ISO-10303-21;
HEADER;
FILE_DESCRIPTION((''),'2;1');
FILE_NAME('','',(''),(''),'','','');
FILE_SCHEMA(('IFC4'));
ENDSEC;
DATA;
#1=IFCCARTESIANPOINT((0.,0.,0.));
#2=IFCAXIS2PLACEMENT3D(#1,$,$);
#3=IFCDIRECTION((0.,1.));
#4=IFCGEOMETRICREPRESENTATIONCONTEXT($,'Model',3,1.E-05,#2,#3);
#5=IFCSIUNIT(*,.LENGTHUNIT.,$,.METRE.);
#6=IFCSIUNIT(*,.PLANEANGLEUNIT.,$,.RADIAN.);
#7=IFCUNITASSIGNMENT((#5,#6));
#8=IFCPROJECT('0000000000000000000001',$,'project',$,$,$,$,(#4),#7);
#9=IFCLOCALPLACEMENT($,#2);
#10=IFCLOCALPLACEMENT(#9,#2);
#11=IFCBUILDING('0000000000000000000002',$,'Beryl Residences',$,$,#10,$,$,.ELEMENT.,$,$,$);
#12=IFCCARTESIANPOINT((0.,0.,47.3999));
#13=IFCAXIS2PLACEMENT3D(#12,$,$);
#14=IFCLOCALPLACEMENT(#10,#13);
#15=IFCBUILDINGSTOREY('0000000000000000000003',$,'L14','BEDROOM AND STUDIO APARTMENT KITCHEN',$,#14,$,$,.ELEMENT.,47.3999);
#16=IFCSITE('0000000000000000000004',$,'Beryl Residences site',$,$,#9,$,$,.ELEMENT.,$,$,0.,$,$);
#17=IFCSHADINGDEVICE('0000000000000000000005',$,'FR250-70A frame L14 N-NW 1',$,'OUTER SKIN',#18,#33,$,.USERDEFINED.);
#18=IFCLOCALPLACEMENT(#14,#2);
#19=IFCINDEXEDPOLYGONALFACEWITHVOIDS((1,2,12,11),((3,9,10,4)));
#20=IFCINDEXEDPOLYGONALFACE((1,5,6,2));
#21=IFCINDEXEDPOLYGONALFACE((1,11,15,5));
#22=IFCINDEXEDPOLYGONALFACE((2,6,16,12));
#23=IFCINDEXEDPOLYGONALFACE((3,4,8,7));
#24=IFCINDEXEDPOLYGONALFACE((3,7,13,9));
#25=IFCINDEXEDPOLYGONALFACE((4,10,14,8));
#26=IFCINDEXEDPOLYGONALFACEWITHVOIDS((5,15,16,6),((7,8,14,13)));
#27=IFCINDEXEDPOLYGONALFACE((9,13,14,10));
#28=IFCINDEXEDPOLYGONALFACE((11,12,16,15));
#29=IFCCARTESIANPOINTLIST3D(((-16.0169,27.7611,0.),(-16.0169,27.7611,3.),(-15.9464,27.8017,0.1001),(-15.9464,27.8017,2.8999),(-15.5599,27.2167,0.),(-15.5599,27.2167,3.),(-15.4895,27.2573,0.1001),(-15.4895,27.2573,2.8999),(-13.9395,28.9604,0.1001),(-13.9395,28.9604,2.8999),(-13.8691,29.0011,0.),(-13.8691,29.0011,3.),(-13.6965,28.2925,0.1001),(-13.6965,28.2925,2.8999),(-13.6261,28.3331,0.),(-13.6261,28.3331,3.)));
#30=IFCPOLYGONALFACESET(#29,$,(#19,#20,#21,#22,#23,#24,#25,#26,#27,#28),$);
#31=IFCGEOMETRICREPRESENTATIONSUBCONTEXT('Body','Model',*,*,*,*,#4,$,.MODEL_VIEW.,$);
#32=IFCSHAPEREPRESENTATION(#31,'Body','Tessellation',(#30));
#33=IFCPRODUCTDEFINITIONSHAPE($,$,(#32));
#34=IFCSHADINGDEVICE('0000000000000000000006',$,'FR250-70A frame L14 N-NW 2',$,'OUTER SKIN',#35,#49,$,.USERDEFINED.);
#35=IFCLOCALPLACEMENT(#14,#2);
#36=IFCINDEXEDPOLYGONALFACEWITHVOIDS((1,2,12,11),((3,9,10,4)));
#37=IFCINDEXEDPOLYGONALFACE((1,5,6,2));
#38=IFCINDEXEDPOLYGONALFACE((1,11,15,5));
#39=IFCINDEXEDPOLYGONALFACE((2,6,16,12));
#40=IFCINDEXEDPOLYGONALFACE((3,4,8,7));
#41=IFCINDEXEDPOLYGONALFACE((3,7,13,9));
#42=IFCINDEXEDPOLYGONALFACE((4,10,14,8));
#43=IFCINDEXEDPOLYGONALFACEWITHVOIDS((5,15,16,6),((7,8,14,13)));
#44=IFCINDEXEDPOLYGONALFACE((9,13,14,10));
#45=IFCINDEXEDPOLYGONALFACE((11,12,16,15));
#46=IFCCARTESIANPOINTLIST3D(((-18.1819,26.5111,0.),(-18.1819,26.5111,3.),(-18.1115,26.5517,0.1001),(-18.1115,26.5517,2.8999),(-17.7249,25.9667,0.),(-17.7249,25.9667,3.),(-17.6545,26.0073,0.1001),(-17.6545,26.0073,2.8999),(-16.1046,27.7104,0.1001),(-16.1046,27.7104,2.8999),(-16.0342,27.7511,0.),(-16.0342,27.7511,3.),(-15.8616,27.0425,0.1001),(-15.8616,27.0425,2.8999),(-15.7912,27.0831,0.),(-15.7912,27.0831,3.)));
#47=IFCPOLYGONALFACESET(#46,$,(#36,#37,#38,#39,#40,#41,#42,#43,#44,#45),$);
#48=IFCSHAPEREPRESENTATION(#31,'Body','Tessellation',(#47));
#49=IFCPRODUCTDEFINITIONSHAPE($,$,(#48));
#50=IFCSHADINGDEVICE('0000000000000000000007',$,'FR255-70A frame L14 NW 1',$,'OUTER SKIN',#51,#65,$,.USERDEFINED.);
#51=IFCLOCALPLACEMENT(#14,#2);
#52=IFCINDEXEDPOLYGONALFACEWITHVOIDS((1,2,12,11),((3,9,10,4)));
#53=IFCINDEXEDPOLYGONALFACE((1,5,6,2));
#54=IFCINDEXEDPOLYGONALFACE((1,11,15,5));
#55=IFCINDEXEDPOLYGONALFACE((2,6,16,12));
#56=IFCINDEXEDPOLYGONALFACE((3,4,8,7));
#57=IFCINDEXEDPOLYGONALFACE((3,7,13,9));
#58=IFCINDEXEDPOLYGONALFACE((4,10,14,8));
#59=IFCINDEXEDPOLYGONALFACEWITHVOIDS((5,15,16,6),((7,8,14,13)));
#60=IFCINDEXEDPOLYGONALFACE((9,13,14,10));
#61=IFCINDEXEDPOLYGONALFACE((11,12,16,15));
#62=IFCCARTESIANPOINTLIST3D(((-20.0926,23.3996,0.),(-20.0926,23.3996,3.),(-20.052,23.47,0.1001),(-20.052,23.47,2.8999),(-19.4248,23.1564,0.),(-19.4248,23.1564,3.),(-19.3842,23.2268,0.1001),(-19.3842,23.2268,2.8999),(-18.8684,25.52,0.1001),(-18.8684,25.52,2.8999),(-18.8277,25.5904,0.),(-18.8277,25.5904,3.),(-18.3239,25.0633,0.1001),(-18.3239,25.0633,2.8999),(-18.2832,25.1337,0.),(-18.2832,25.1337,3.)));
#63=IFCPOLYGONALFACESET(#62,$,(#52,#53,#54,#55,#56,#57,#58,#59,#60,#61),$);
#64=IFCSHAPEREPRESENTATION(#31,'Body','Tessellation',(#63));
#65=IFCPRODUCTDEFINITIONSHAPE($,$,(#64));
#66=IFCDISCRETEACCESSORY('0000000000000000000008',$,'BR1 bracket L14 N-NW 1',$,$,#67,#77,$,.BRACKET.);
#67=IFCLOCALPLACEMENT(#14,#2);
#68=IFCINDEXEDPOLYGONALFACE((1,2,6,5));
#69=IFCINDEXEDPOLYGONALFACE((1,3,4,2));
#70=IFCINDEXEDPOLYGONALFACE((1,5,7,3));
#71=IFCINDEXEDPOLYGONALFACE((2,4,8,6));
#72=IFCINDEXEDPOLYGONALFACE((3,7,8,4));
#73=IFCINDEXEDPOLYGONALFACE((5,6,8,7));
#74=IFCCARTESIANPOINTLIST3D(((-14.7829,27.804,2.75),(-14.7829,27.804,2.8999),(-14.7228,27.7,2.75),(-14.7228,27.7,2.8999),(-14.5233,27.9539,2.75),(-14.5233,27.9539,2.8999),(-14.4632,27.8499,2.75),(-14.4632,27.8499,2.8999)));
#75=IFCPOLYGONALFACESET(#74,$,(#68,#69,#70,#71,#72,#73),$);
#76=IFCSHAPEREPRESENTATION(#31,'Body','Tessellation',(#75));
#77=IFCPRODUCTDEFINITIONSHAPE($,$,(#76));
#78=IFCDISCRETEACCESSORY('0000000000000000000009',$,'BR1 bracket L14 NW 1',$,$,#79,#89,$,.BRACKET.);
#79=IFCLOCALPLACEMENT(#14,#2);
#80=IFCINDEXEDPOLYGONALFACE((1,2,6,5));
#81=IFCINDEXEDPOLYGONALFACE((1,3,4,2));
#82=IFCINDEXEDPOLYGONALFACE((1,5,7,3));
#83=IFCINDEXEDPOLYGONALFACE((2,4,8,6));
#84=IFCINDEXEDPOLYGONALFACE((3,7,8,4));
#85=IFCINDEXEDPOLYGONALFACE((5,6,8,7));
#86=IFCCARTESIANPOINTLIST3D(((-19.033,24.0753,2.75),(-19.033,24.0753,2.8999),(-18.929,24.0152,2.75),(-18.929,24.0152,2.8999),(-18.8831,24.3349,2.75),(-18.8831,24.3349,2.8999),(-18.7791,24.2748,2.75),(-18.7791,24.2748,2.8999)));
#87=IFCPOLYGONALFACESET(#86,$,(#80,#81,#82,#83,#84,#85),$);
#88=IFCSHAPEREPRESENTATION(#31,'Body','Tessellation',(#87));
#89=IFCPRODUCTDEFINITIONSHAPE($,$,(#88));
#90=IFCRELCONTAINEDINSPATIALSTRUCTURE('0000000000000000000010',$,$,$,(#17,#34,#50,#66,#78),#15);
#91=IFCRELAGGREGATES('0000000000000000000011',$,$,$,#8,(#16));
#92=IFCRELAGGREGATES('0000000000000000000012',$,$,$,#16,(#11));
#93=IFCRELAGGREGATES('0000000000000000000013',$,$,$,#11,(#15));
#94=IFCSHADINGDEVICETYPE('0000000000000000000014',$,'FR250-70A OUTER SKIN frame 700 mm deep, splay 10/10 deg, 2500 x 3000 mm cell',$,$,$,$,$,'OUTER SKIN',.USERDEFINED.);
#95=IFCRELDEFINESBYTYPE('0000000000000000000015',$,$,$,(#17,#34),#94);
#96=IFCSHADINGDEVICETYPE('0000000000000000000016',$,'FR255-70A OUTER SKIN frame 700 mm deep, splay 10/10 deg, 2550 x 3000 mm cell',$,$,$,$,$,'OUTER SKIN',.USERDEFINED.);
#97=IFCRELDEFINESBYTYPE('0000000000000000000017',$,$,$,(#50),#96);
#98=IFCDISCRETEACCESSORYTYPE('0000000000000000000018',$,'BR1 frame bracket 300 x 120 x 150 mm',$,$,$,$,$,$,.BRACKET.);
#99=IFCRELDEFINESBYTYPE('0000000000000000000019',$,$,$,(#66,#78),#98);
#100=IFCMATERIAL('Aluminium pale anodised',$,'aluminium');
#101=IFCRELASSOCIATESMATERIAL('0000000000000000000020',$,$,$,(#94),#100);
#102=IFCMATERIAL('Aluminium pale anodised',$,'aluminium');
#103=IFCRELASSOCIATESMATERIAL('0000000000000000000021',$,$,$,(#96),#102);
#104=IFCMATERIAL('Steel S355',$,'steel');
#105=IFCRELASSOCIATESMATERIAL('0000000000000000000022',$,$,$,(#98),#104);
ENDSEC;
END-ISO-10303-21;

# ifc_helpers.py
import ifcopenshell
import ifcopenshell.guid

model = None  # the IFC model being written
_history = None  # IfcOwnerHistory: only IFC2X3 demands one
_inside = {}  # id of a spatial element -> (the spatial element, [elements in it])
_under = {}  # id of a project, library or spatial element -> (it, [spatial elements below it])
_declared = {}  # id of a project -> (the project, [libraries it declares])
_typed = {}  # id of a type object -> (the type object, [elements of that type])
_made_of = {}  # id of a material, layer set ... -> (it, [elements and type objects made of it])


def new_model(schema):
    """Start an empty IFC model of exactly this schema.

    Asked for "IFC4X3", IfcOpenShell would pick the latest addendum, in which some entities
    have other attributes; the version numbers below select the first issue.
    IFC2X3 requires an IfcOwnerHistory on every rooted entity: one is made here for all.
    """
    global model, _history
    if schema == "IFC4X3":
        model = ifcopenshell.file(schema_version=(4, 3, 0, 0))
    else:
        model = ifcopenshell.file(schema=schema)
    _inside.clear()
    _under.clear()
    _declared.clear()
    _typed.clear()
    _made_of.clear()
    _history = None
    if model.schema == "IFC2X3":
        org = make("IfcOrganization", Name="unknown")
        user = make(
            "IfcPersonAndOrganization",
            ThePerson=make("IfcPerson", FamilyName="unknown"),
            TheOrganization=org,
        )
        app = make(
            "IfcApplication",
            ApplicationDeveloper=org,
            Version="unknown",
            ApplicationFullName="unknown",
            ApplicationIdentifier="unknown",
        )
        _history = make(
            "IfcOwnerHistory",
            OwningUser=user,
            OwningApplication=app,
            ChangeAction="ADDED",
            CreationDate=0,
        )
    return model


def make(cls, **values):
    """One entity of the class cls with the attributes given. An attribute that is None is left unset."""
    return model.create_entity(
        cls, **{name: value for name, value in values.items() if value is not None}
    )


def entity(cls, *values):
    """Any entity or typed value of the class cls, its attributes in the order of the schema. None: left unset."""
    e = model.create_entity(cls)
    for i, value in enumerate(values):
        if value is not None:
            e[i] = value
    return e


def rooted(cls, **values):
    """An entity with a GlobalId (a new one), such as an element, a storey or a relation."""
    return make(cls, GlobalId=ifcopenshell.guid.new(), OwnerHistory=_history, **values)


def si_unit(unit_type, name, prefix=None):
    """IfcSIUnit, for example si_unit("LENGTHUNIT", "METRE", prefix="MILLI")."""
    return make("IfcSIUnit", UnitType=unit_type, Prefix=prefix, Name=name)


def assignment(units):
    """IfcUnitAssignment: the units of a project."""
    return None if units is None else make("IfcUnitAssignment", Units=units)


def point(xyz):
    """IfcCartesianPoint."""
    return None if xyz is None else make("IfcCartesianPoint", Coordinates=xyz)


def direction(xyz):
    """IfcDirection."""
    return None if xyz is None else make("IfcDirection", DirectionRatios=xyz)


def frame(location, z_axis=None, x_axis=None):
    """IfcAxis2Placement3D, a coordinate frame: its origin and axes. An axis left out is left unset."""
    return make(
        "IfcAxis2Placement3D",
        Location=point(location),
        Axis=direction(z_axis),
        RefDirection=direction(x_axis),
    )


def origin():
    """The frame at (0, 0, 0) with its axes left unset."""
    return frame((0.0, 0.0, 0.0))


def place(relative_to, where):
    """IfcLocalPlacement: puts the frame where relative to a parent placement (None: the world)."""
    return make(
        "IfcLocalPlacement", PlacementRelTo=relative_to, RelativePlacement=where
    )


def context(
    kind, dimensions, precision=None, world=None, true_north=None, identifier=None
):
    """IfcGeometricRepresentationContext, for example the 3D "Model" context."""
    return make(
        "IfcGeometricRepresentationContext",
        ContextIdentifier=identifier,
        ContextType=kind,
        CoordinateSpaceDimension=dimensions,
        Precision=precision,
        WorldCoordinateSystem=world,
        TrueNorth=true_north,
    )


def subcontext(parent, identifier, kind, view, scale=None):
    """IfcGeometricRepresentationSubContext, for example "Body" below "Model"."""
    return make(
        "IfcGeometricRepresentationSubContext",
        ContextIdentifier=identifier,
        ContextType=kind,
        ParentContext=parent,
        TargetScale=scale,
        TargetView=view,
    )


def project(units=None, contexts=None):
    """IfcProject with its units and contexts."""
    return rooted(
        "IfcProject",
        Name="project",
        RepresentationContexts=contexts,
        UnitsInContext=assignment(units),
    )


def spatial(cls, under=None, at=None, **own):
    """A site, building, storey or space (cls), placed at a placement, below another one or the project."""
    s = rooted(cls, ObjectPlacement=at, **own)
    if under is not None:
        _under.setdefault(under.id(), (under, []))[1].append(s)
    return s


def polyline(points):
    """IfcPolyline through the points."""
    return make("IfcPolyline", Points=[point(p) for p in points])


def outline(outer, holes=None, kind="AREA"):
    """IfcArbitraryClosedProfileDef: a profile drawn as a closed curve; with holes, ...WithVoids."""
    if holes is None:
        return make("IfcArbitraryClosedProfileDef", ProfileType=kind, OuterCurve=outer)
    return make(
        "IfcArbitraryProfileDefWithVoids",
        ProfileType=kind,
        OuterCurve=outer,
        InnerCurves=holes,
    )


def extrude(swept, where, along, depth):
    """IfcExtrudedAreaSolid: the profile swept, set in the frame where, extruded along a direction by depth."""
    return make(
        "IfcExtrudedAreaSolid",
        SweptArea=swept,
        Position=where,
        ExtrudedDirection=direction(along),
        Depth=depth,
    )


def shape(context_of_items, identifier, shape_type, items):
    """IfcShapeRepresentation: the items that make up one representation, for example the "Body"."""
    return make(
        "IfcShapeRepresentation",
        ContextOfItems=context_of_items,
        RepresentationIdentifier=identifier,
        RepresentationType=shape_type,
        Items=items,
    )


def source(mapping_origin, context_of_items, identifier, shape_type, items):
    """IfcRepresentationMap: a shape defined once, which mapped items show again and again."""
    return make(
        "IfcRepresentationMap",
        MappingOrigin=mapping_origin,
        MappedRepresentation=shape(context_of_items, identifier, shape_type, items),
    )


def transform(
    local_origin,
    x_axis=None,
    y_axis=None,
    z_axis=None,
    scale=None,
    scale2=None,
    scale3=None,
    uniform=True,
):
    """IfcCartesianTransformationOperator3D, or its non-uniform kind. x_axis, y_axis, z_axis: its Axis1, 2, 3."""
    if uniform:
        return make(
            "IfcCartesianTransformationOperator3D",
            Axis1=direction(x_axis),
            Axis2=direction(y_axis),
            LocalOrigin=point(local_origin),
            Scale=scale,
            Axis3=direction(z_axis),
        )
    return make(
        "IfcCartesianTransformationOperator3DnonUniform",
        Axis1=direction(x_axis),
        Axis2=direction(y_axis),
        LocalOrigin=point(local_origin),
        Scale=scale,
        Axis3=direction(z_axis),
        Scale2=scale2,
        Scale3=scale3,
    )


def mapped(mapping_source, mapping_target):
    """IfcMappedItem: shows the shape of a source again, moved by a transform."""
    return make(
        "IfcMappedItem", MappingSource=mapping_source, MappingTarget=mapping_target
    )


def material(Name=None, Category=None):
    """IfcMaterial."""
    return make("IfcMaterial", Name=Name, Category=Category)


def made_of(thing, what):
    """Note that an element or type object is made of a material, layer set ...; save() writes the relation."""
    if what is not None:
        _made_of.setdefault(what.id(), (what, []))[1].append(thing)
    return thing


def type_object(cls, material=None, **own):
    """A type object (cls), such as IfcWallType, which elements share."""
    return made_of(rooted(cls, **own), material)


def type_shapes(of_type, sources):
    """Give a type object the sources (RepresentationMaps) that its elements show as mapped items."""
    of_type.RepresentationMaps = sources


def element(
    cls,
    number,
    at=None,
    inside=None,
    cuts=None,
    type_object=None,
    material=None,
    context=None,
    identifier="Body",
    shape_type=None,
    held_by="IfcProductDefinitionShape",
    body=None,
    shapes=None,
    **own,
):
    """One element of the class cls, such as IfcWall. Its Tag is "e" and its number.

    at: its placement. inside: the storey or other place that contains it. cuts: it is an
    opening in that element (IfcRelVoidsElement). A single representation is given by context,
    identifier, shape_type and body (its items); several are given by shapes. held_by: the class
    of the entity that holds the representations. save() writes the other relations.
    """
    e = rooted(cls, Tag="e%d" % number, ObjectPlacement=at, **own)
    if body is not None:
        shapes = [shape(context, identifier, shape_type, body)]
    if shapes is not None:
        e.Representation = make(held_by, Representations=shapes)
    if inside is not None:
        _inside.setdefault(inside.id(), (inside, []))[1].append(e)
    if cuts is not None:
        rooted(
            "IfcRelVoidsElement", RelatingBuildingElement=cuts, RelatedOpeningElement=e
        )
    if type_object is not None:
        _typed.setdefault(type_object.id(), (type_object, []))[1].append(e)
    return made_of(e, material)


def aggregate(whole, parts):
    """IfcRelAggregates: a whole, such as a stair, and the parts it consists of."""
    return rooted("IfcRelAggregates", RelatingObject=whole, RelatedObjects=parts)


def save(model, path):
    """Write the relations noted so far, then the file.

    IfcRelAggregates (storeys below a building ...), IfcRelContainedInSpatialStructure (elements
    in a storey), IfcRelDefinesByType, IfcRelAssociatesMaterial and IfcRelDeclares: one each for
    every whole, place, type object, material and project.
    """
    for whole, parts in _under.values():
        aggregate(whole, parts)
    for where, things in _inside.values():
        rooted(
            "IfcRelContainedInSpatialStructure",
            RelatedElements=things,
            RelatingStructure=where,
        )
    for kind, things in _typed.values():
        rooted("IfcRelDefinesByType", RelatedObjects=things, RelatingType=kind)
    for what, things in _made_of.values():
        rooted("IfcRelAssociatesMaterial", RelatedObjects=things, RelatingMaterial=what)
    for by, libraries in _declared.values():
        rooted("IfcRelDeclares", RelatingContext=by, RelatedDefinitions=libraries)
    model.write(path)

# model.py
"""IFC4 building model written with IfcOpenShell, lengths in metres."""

from ifc_helpers import new_model, entity, si_unit, direction, frame, origin, place, context, subcontext, project, spatial, polyline, outline, extrude, source, transform, mapped, material, type_object, type_shapes, element, save


model = new_model("IFC4")

# Units and contexts
model_context = context("Model", 3, precision=1e-05, world=origin(), true_north=direction((0.0, 1.0)))
body_context = subcontext(model_context, "Body", "Model", "MODEL_VIEW")
ifc_project = project(units=[si_unit("LENGTHUNIT", "METRE"), si_unit("PLANEANGLEUNIT", "RADIAN")], contexts=[model_context])

# Site, building, storey
site_placement = place(None, origin())
site = spatial("IfcSite", under=ifc_project, at=site_placement, Name="Beryl Residences site", CompositionType="ELEMENT", RefElevation=0.0)
building_placement = place(site_placement, origin())
building = spatial("IfcBuilding", under=site, at=building_placement, Name="Beryl Residences", CompositionType="ELEMENT")
storey_placement = place(building_placement, frame((0.0, 0.0, 47.3999)))
storey = spatial("IfcBuildingStorey", under=building, at=storey_placement, Name="L14", Description="BEDROOM AND STUDIO APARTMENT KITCHEN", CompositionType="ELEMENT", Elevation=47.3999)

# Shading devices
ifc_material_1 = material(Name="Aluminium pale anodised", Category="aluminium")
shading_device_type_1 = type_object("IfcShadingDeviceType", Name="FR250-70A OUTER SKIN frame 700 mm deep, splay 10/10 deg, 2500 x 3000 mm cell", ElementType="OUTER SKIN", PredefinedType="USERDEFINED", material=ifc_material_1)
cartesian_point_1 = entity("IfcCartesianPoint", [-1.1165, 0.0])
cartesian_point_2 = entity("IfcCartesianPoint", [-1.0352, 0.1001])
cartesian_point_3 = entity("IfcCartesianPoint", [-1.24, 0.0])
cartesian_point_4 = entity("IfcCartesianPoint", [-1.1587, 0.1001])
shared_shape_1 = source(origin(), body_context, "Body", "SweptSolid", [
    entity("IfcExtrudedAreaSolidTapered", entity("IfcArbitraryProfileDefWithVoids", "AREA", None, entity("IfcPolyline", [cartesian_point_1, entity("IfcCartesianPoint", [1.1165, 0.0]), entity("IfcCartesianPoint", [1.1165, 3.0]), entity("IfcCartesianPoint", [-1.1165, 3.0]), cartesian_point_1]), [entity("IfcPolyline", [cartesian_point_2, entity("IfcCartesianPoint", [1.0352, 0.1001]), entity("IfcCartesianPoint", [1.0352, 2.8999]), entity("IfcCartesianPoint", [-1.0352, 2.8999]), cartesian_point_2])]), entity("IfcAxis2Placement3D", entity("IfcCartesianPoint", [0.0, 0.0, 0.0]), entity("IfcDirection", [0.0, 1.0, 0.0]), entity("IfcDirection", [-1.0, 0.0, 0.0])), entity("IfcDirection", [0.0, 0.0, 1.0]), 0.7, entity("IfcArbitraryProfileDefWithVoids", "AREA", None, entity("IfcPolyline", [cartesian_point_3, entity("IfcCartesianPoint", [1.24, 0.0]), entity("IfcCartesianPoint", [1.24, 3.0]), entity("IfcCartesianPoint", [-1.24, 3.0]), cartesian_point_3]), [entity("IfcPolyline", [cartesian_point_4, entity("IfcCartesianPoint", [1.1587, 0.1001]), entity("IfcCartesianPoint", [1.1587, 2.8999]), entity("IfcCartesianPoint", [-1.1587, 2.8999]), cartesian_point_4])])),
])
type_shapes(shading_device_type_1, [shared_shape_1])
for number, where, z_axis, x_axis, name in (
    (1, (-14.593, 27.7749, 0.0), (0.0, 0.0, 1.0), (0.866025, 0.5, 0.0), "FR250-70A frame L14 N-NW 1"),
    (2, (-16.7581, 26.5249, 0.0), (0.0, 0.0, 1.0), (0.866025, 0.5, 0.0), "FR250-70A frame L14 N-NW 2"),
):
    element("IfcShadingDevice", number, at=place(storey_placement, frame(where, z_axis=z_axis, x_axis=x_axis)), inside=storey, type_object=shading_device_type_1, Name=name, ObjectType="OUTER SKIN", PredefinedType="USERDEFINED", context=body_context, shape_type="MappedRepresentation", body=[
        mapped(shared_shape_1, transform((0.0, 0.0, 0.0))),
    ])
ifc_material_2 = material(Name="Aluminium pale anodised", Category="aluminium")
shading_device_type_2 = type_object("IfcShadingDeviceType", Name="FR255-70A OUTER SKIN frame 700 mm deep, splay 10/10 deg, 2550 x 3000 mm cell", ElementType="OUTER SKIN", PredefinedType="USERDEFINED", material=ifc_material_2)
cartesian_point_5 = entity("IfcCartesianPoint", [-1.1416, 0.0])
cartesian_point_6 = entity("IfcCartesianPoint", [-1.0603, 0.1001])
cartesian_point_7 = entity("IfcCartesianPoint", [-1.2649, 0.0])
cartesian_point_8 = entity("IfcCartesianPoint", [-1.1836, 0.1001])
shared_shape_2 = source(origin(), body_context, "Body", "SweptSolid", [
    entity("IfcExtrudedAreaSolidTapered", entity("IfcArbitraryProfileDefWithVoids", "AREA", None, entity("IfcPolyline", [cartesian_point_5, entity("IfcCartesianPoint", [1.1416, 0.0]), entity("IfcCartesianPoint", [1.1416, 3.0]), entity("IfcCartesianPoint", [-1.1416, 3.0]), cartesian_point_5]), [entity("IfcPolyline", [cartesian_point_6, entity("IfcCartesianPoint", [1.0603, 0.1001]), entity("IfcCartesianPoint", [1.0603, 2.8999]), entity("IfcCartesianPoint", [-1.0603, 2.8999]), cartesian_point_6])]), entity("IfcAxis2Placement3D", entity("IfcCartesianPoint", [0.0, 0.0, 0.0]), entity("IfcDirection", [0.0, 1.0, 0.0]), entity("IfcDirection", [-1.0, 0.0, 0.0])), entity("IfcDirection", [0.0, 0.0, 1.0]), 0.7, entity("IfcArbitraryProfileDefWithVoids", "AREA", None, entity("IfcPolyline", [cartesian_point_7, entity("IfcCartesianPoint", [1.2649, 0.0]), entity("IfcCartesianPoint", [1.2649, 3.0]), entity("IfcCartesianPoint", [-1.2649, 3.0]), cartesian_point_7]), [entity("IfcPolyline", [cartesian_point_8, entity("IfcCartesianPoint", [1.1836, 0.1001]), entity("IfcCartesianPoint", [1.1836, 2.8999]), entity("IfcCartesianPoint", [-1.1836, 2.8999]), cartesian_point_8])])),
])
type_shapes(shading_device_type_2, [shared_shape_2])
shading_device_placement = place(storey_placement, frame((-18.854, 24.145, 0.0), z_axis=(0.0, 0.0, 1.0), x_axis=(0.5, 0.866025, 0.0)))
element("IfcShadingDevice", 3, at=shading_device_placement, inside=storey, type_object=shading_device_type_2, Name="FR255-70A frame L14 NW 1", ObjectType="OUTER SKIN", PredefinedType="USERDEFINED", context=body_context, shape_type="MappedRepresentation", body=[
    mapped(shared_shape_2, transform((0.0, 0.0, 0.0))),
])

# Discrete accessories
ifc_material_3 = material(Name="Steel S355", Category="steel")
discrete_accessory_type = type_object("IfcDiscreteAccessoryType", Name="BR1 frame bracket 300 x 120 x 150 mm", PredefinedType="BRACKET", material=ifc_material_3)
shared_shape_3 = source(origin(), body_context, "Body", "SweptSolid", [
    extrude(outline(polyline([(-0.1499, 0.0), (0.1499, 0.0), (0.1499, 0.1201), (-0.1499, 0.1201), (-0.1499, 0.0)])), origin(), (0.0, 0.0, 1.0), 0.1499),
])
type_shapes(discrete_accessory_type, [shared_shape_3])
for number, where, z_axis, x_axis, name in (
    (4, (-14.593, 27.7749, 2.75), (0.0, 0.0, 1.0), (0.866025, 0.5, 0.0), "BR1 bracket L14 N-NW 1"),
    (5, (-18.854, 24.145, 2.75), (0.0, 0.0, 1.0), (0.5, 0.866025, 0.0), "BR1 bracket L14 NW 1"),
):
    element("IfcDiscreteAccessory", number, at=place(storey_placement, frame(where, z_axis=z_axis, x_axis=x_axis)), inside=storey, type_object=discrete_accessory_type, Name=name, PredefinedType="BRACKET", context=body_context, shape_type="MappedRepresentation", body=[
        mapped(shared_shape_3, transform((0.0, 0.0, 0.0))),
    ])

save(model, "model.ifc")
